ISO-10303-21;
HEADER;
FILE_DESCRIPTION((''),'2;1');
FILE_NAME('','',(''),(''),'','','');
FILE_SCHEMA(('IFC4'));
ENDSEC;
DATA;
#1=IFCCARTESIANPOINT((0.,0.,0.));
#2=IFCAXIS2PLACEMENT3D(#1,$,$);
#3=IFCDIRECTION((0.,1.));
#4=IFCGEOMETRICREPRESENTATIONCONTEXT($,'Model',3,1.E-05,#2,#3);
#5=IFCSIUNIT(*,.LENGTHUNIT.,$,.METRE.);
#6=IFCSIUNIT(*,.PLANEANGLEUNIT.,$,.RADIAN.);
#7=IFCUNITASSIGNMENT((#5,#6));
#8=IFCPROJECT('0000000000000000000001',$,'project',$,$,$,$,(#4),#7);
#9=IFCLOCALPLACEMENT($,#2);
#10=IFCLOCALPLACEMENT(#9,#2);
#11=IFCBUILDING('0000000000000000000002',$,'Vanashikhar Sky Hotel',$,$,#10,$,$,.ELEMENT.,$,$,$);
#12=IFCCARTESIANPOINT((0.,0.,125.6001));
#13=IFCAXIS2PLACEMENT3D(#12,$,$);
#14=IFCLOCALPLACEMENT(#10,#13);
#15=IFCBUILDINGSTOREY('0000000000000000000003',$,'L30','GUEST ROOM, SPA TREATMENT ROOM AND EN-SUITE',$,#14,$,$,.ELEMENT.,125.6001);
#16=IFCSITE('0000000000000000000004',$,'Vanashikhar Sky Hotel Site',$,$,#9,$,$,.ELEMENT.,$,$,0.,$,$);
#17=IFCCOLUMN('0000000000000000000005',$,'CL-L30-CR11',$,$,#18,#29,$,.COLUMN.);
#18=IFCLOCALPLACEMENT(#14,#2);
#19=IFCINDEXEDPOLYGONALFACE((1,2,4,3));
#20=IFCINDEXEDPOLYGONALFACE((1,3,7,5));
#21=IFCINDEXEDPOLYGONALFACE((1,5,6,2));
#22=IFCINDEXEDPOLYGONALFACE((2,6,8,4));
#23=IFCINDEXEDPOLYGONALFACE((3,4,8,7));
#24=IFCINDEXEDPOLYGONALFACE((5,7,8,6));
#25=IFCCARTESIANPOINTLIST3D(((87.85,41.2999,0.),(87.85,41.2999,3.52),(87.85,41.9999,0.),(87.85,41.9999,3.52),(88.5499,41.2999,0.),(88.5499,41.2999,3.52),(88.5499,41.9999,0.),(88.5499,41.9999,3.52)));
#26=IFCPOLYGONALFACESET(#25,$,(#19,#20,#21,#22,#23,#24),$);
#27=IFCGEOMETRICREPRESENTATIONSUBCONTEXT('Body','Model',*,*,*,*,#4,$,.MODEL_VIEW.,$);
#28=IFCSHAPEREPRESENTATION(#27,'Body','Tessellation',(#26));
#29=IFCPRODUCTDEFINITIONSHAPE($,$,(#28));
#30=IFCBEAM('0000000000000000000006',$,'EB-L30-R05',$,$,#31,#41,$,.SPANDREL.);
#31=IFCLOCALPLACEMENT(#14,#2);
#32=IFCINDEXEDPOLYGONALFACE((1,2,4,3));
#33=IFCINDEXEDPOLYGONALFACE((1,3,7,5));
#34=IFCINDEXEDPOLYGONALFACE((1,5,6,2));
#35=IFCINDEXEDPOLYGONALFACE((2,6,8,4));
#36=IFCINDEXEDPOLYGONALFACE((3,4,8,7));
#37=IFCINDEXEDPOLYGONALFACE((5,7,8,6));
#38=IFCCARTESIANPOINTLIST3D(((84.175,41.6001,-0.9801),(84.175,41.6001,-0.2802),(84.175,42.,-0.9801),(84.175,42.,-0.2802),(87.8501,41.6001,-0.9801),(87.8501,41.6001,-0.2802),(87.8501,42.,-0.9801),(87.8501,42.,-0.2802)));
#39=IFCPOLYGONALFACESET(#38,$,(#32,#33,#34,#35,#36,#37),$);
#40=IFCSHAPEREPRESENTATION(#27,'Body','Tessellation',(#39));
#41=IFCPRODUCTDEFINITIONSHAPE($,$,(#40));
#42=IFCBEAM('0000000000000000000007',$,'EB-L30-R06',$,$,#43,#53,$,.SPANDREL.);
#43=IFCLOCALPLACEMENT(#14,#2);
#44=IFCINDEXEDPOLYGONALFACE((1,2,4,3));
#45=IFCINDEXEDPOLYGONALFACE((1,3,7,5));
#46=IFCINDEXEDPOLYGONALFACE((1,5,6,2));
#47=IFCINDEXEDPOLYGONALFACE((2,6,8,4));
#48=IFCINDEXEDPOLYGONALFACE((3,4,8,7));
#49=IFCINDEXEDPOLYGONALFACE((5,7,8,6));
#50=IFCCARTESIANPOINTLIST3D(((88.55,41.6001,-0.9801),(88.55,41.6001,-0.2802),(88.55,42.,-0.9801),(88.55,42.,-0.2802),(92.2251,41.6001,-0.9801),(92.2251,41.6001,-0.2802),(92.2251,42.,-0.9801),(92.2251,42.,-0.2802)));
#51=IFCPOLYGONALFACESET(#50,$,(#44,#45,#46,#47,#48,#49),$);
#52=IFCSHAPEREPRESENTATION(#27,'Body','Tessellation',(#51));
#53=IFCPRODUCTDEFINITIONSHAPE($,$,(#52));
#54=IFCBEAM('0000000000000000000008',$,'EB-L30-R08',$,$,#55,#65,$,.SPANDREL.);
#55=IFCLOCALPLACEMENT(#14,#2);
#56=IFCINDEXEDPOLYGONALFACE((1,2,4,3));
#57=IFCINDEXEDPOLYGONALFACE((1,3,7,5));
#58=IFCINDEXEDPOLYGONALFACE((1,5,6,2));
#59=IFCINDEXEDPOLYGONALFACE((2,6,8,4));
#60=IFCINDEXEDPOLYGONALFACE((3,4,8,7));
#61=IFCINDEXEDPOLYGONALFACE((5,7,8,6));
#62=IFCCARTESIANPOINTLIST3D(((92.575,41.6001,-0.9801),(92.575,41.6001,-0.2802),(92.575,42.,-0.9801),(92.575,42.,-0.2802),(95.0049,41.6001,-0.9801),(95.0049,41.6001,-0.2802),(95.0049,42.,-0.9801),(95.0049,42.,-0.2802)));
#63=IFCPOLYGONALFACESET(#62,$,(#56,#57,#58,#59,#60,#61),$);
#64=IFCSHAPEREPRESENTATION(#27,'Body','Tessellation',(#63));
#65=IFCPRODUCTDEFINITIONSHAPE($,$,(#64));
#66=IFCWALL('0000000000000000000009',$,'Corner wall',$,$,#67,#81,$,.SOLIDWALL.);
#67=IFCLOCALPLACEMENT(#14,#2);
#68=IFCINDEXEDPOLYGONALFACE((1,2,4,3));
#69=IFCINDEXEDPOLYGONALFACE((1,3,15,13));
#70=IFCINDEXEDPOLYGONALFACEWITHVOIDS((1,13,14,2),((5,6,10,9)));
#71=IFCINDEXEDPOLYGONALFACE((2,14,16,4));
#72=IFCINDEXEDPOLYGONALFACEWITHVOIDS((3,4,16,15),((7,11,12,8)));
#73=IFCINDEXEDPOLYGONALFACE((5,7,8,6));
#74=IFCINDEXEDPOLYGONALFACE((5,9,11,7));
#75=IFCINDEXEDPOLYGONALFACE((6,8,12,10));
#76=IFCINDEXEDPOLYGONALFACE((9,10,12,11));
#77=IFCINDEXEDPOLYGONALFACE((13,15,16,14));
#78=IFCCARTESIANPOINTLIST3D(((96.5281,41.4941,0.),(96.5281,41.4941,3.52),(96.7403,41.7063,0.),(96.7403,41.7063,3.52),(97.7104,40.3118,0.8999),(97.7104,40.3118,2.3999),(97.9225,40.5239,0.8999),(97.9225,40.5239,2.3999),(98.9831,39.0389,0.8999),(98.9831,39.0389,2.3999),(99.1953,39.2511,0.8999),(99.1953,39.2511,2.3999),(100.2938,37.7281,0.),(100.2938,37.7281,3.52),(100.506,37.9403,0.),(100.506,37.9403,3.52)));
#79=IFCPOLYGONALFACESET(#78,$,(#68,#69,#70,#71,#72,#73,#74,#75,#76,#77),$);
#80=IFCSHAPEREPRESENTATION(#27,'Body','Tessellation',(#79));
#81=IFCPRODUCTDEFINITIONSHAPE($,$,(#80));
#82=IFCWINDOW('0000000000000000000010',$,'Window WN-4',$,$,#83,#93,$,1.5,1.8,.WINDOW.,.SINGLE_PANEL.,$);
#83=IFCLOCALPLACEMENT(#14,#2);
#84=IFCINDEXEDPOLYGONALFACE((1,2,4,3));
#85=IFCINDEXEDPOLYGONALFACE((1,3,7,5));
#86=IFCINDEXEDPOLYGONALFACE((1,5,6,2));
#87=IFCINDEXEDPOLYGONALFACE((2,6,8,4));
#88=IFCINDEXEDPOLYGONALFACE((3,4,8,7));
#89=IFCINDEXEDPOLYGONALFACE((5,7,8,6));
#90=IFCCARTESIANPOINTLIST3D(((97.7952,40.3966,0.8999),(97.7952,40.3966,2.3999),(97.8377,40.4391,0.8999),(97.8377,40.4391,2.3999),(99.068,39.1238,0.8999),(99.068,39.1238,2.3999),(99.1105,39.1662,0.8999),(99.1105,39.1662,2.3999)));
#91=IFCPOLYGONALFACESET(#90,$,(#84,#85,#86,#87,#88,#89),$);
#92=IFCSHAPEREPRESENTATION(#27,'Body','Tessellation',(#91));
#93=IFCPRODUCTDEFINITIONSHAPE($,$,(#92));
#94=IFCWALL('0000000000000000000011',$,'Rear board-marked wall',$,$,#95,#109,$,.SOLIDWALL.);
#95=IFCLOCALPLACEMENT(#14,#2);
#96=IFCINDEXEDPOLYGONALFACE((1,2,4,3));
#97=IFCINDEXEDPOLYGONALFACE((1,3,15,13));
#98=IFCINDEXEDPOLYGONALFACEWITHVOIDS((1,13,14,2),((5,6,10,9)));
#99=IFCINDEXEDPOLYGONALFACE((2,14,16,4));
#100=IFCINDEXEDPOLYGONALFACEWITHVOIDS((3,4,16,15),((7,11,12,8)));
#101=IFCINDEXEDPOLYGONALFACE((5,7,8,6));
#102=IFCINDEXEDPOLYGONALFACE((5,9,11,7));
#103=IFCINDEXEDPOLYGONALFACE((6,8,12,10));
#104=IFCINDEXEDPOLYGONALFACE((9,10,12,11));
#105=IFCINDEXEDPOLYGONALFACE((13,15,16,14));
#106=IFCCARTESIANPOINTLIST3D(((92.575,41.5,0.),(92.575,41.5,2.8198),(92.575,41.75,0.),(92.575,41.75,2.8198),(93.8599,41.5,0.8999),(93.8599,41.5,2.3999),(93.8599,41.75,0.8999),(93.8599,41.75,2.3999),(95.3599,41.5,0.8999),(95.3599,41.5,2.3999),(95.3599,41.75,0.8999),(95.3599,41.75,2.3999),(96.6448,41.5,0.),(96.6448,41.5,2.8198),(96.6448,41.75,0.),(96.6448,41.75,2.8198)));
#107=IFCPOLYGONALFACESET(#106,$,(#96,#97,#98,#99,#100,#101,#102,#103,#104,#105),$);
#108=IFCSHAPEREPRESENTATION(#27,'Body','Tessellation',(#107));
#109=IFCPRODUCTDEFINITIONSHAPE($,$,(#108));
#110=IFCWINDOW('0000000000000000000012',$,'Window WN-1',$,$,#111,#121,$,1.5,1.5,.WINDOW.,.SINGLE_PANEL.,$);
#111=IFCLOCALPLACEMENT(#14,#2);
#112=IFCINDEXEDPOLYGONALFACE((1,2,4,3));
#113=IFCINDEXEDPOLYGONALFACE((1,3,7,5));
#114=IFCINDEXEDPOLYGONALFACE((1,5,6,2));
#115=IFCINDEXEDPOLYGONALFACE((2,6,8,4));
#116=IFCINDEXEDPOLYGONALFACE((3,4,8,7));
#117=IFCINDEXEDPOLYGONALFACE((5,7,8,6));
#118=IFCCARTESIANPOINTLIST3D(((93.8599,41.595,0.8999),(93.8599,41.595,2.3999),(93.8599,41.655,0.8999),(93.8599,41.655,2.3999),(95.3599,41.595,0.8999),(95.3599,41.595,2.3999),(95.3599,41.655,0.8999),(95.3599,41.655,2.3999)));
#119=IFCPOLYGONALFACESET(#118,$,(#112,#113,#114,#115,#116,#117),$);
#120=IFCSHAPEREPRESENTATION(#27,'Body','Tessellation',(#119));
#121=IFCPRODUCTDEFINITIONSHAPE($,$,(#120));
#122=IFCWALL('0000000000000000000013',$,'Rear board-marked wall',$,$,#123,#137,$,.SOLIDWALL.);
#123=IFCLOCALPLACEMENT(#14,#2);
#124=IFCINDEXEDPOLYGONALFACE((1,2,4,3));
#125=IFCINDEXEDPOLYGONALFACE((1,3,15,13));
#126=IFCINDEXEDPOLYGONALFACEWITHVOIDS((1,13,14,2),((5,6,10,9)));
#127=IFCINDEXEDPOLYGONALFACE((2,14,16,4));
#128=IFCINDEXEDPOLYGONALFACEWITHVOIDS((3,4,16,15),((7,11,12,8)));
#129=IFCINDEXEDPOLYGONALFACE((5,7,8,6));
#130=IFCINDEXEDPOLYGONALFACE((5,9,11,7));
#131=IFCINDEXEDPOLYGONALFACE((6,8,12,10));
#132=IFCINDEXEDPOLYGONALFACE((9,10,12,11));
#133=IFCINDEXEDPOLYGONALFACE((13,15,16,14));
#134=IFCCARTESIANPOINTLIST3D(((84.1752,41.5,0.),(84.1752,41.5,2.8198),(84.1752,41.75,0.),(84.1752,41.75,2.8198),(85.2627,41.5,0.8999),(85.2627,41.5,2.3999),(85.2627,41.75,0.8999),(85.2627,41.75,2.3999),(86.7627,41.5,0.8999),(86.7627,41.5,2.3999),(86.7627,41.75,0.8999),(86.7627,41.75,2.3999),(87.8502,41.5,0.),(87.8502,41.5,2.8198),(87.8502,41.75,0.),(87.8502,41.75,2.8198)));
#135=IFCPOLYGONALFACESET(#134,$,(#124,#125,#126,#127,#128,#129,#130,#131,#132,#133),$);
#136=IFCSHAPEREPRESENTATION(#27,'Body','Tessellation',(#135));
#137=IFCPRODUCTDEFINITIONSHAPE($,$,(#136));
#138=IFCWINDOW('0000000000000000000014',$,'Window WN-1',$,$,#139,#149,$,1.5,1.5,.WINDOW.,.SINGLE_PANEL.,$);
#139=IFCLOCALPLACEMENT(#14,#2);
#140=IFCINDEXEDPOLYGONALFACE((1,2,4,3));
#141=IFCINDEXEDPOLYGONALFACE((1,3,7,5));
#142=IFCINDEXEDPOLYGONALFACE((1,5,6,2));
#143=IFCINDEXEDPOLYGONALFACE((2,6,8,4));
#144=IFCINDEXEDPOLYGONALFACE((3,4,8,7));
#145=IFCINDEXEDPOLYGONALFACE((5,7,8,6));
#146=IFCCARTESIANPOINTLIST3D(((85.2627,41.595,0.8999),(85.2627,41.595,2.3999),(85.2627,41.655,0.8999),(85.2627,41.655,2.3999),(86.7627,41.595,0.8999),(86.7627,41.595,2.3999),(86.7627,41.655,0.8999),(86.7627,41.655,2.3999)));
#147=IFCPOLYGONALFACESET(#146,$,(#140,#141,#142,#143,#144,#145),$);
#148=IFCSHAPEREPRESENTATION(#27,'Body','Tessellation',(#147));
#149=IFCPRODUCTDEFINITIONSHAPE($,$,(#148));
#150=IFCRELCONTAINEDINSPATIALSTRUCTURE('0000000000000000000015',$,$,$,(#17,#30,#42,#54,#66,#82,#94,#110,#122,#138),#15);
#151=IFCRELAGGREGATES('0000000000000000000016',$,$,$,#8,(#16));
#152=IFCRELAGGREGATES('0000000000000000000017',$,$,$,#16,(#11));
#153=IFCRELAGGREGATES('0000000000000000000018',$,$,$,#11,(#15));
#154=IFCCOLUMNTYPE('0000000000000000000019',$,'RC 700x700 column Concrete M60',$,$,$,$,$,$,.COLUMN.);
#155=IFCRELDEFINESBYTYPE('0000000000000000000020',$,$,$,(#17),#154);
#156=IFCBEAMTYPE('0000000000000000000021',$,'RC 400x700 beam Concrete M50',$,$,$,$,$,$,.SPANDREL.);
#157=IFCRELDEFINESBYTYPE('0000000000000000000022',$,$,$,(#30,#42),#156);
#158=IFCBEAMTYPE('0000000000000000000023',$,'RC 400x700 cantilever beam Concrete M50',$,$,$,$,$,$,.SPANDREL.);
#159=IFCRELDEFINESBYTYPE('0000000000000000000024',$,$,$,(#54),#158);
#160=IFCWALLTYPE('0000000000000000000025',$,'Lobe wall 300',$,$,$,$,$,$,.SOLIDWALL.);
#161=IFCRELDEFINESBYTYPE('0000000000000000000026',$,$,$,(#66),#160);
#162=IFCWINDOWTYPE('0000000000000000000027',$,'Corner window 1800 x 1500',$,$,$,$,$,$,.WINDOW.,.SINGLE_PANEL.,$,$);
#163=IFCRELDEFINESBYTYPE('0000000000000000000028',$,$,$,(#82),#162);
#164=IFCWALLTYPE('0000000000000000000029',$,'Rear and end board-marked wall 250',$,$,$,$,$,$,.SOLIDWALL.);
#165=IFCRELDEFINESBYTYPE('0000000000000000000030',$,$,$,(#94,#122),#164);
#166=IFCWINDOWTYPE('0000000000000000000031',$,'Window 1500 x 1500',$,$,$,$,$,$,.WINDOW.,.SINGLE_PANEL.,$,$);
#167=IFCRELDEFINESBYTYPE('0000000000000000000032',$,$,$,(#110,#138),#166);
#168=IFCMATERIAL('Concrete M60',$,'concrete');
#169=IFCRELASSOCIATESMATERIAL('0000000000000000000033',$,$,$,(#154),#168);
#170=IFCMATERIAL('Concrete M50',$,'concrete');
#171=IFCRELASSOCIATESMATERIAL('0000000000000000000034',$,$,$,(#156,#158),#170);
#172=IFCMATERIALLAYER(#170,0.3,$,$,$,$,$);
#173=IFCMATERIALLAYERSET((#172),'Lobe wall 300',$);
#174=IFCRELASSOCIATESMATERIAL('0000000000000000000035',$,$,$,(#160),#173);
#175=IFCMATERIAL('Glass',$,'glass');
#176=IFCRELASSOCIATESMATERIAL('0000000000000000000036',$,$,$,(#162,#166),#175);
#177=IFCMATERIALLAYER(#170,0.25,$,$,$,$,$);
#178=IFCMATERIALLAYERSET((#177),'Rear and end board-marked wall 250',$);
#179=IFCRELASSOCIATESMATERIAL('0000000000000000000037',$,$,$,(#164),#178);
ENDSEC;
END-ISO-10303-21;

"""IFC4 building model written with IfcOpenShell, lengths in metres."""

from ifc_helpers import new_model, si_unit, direction, frame, frame_2d, origin, origin_2d, place, context, subcontext, project, spatial, rectangle, extrude, source, transform, mapped, material, layer, layer_set, material_profile, profile_set, type_object, element, fill, save


model = new_model("IFC4")

# Units and contexts
model_context = context("Model", 3, precision=1e-05, world=origin(), true_north=direction((0.0, 1.0)))
body_context = subcontext(model_context, "Body", "Model", "MODEL_VIEW")
ifc_project = project(units=[si_unit("LENGTHUNIT", "METRE"), si_unit("PLANEANGLEUNIT", "RADIAN")], contexts=[model_context])

# Site, building, storey
site_placement = place(None, origin())
site = spatial("IfcSite", under=ifc_project, at=site_placement, Name="Vanashikhar Sky Hotel Site", CompositionType="ELEMENT", RefElevation=0.0)
building_placement = place(site_placement, origin())
building = spatial("IfcBuilding", under=site, at=building_placement, Name="Vanashikhar Sky Hotel", CompositionType="ELEMENT")
storey_placement = place(building_placement, frame((0.0, 0.0, 125.6001)))
storey = spatial("IfcBuildingStorey", under=building, at=storey_placement, Name="L30", Description="GUEST ROOM, SPA TREATMENT ROOM AND EN-SUITE", CompositionType="ELEMENT", Elevation=125.6001)

# Column
ifc_material_1 = material(Name="Concrete M60", Category="concrete")
ifc_material_profile_1 = material_profile(ifc_material_1, rectangle(XDim=0.7, YDim=0.7, at=origin_2d()))
ifc_profile_set_1 = profile_set([ifc_material_profile_1], Name="RC 700x700 column Concrete M60")
column_type = type_object("IfcColumnType", Name="RC 700x700 column Concrete M60", PredefinedType="COLUMN", material=ifc_profile_set_1)
shared_shape_1 = source(origin(), body_context, "Body", "SweptSolid", [
    extrude(rectangle(XDim=0.7, YDim=0.7, at=origin_2d()), origin(), (0.0, 0.0, 1.0), 3.52),
])
column_placement = place(storey_placement, frame((88.2, 41.6499, 0.0), z_axis=(0.0, 0.0, 1.0), x_axis=(1.0, 0.0, 0.0)))
element("IfcColumn", 1, at=column_placement, inside=storey, type_object=column_type, Name="CL-L30-CR11", PredefinedType="COLUMN", context=body_context, shape_type="MappedRepresentation", body=[
    mapped(shared_shape_1, transform((0.0, 0.0, 0.0), scale=1.0)),
])

# Beams
ifc_material_2 = material(Name="Concrete M50", Category="concrete")
ifc_material_profile_2 = material_profile(ifc_material_2, rectangle(XDim=0.3999, YDim=0.7, at=origin_2d()))
ifc_profile_set_2 = profile_set([ifc_material_profile_2], Name="RC 400x700 beam Concrete M50")
beam_type_1 = type_object("IfcBeamType", Name="RC 400x700 beam Concrete M50", PredefinedType="SPANDREL", material=ifc_profile_set_2)
shared_shape_2 = source(origin(), body_context, "Body", "SweptSolid", [
    extrude(rectangle(XDim=0.3999, YDim=0.7, at=origin_2d()), origin(), (0.0, 0.0, 1.0), 3.675),
])
for number, where, z_axis, x_axis, name in (
    (2, (84.175, 41.8, -0.6301), (1.0, 0.0, 0.0), (0.0, 1.0, 0.0), "EB-L30-R05"),
    (3, (88.55, 41.8, -0.6301), (1.0, 0.0, 0.0), (0.0, 1.0, 0.0), "EB-L30-R06"),
):
    element("IfcBeam", number, at=place(storey_placement, frame(where, z_axis=z_axis, x_axis=x_axis)), inside=storey, type_object=beam_type_1, Name=name, PredefinedType="SPANDREL", context=body_context, shape_type="MappedRepresentation", body=[
        mapped(shared_shape_2, transform((0.0, 0.0, 0.0), scale=1.0)),
    ])
ifc_material_profile_3 = material_profile(ifc_material_2, rectangle(XDim=0.3999, YDim=0.7, at=origin_2d()))
ifc_profile_set_3 = profile_set([ifc_material_profile_3], Name="RC 400x700 cantilever beam Concrete M50")
beam_type_2 = type_object("IfcBeamType", Name="RC 400x700 cantilever beam Concrete M50", PredefinedType="SPANDREL", material=ifc_profile_set_3)
shared_shape_3 = source(origin(), body_context, "Body", "SweptSolid", [
    extrude(rectangle(XDim=0.3999, YDim=0.7, at=origin_2d()), origin(), (0.0, 0.0, 1.0), 2.4299),
])
beam_placement = place(storey_placement, frame((92.575, 41.8, -0.6301), z_axis=(1.0, 0.0, 0.0), x_axis=(0.0, 1.0, 0.0)))
element("IfcBeam", 4, at=beam_placement, inside=storey, type_object=beam_type_2, Name="EB-L30-R08", PredefinedType="SPANDREL", context=body_context, shape_type="MappedRepresentation", body=[
    mapped(shared_shape_3, transform((0.0, 0.0, 0.0), scale=1.0)),
])

# Walls, openings, windows
ifc_layer_1 = layer(ifc_material_2, 0.3)
ifc_layer_set_1 = layer_set([ifc_layer_1], Name="Lobe wall 300")
wall_type_1 = type_object("IfcWallType", Name="Lobe wall 300", PredefinedType="SOLIDWALL", material=ifc_layer_set_1)
shared_shape_4 = source(origin(), body_context, "Body", "SweptSolid", [
    extrude(rectangle(XDim=5.3257, YDim=0.3, at=frame_2d((2.6628, 0.0))), origin(), (0.0, 0.0, 1.0), 3.52),
])
wall_1_placement = place(storey_placement, frame((100.3999, 37.8342, 0.0), z_axis=(0.0, 0.0, 1.0), x_axis=(-0.707084, 0.70713, 0.0)))
wall_1 = element("IfcWall", 5, at=wall_1_placement, inside=storey, type_object=wall_type_1, Name="Corner wall", PredefinedType="SOLIDWALL", context=body_context, shape_type="MappedRepresentation", body=[
    mapped(shared_shape_4, transform((0.0, 0.0, 0.0), scale=1.0)),
])
shared_shape_5 = source(origin(), body_context, "Body", "SweptSolid", [
    extrude(rectangle(XDim=1.8, YDim=1.5, at=frame_2d((0.8999, 0.75))), frame((0.0, 0.1602, 0.0), z_axis=(0.0, -1.0, 0.0), x_axis=(1.0, 0.0, 0.0)), (0.0, 0.0, 1.0), 0.3201),
])
opening_1_placement = place(wall_1_placement, frame((1.8538, 0.0, 0.8999)))
opening_1 = element("IfcOpeningElement", 6, at=opening_1_placement, cuts=wall_1, PredefinedType="OPENING", context=body_context, shape_type="MappedRepresentation", body=[
    mapped(shared_shape_5, transform((0.0, 0.0, 0.0), scale=1.0)),
])
ifc_material_3 = material(Name="Glass", Category="glass")
window_type_1 = type_object("IfcWindowType", Name="Corner window 1800 x 1500", PartitioningType="SINGLE_PANEL", PredefinedType="WINDOW", material=ifc_material_3)
shared_shape_6 = source(origin(), body_context, "Body", "SweptSolid", [
    extrude(rectangle(XDim=1.8, YDim=1.5, at=frame_2d((0.8999, 0.75))), frame((0.0, 0.03, 0.0), z_axis=(0.0, -1.0, 0.0), x_axis=(1.0, 0.0, 0.0)), (0.0, 0.0, 1.0), 0.0601),
])
window_1_placement = place(opening_1_placement, origin())
window_1 = element("IfcWindow", 7, at=window_1_placement, inside=storey, type_object=window_type_1, Name="Window WN-4", OverallHeight=1.5, OverallWidth=1.8, PartitioningType="SINGLE_PANEL", PredefinedType="WINDOW", context=body_context, shape_type="MappedRepresentation", body=[
    mapped(shared_shape_6, transform((0.0, 0.0, 0.0), scale=1.0)),
])
fill(opening_1, window_1)
ifc_layer_2 = layer(ifc_material_2, 0.25)
ifc_layer_set_2 = layer_set([ifc_layer_2], Name="Rear and end board-marked wall 250")
wall_type_2 = type_object("IfcWallType", Name="Rear and end board-marked wall 250", PredefinedType="SOLIDWALL", material=ifc_layer_set_2)
shared_shape_7 = source(origin(), body_context, "Body", "SweptSolid", [
    extrude(rectangle(XDim=4.0698, YDim=0.25, at=frame_2d((2.0349, 0.0))), origin(), (0.0, 0.0, 1.0), 2.8198),
])
wall_2_placement = place(storey_placement, frame((96.6448, 41.625, 0.0), z_axis=(0.0, 0.0, 1.0), x_axis=(-1.0, 0.0, 0.0)))
wall_2 = element("IfcWall", 8, at=wall_2_placement, inside=storey, type_object=wall_type_2, Name="Rear board-marked wall", PredefinedType="SOLIDWALL", context=body_context, shape_type="MappedRepresentation", body=[
    mapped(shared_shape_7, transform((0.0, 0.0, 0.0), scale=1.0)),
])
shared_shape_8 = source(origin(), body_context, "Body", "SweptSolid", [
    extrude(rectangle(XDim=1.5, YDim=1.5, at=frame_2d((0.75, 0.75))), frame((0.0, 0.135, 0.0), z_axis=(0.0, -1.0, 0.0), x_axis=(1.0, 0.0, 0.0)), (0.0, 0.0, 1.0), 0.27),
])
opening_2_placement = place(wall_2_placement, frame((1.2849, 0.0, 0.8999)))
opening_2 = element("IfcOpeningElement", 9, at=opening_2_placement, cuts=wall_2, PredefinedType="OPENING", context=body_context, shape_type="MappedRepresentation", body=[
    mapped(shared_shape_8, transform((0.0, 0.0, 0.0), scale=1.0)),
])
window_type_2 = type_object("IfcWindowType", Name="Window 1500 x 1500", PartitioningType="SINGLE_PANEL", PredefinedType="WINDOW", material=ifc_material_3)
shared_shape_9 = source(origin(), body_context, "Body", "SweptSolid", [
    extrude(rectangle(XDim=1.5, YDim=1.5, at=frame_2d((0.75, 0.75))), frame((0.0, 0.03, 0.0), z_axis=(0.0, -1.0, 0.0), x_axis=(1.0, 0.0, 0.0)), (0.0, 0.0, 1.0), 0.0601),
])
window_2_placement = place(opening_2_placement, origin())
window_2 = element("IfcWindow", 10, at=window_2_placement, inside=storey, type_object=window_type_2, Name="Window WN-1", OverallHeight=1.5, OverallWidth=1.5, PartitioningType="SINGLE_PANEL", PredefinedType="WINDOW", context=body_context, shape_type="MappedRepresentation", body=[
    mapped(shared_shape_9, transform((0.0, 0.0, 0.0), scale=1.0)),
])
fill(opening_2, window_2)
shared_shape_10 = source(origin(), body_context, "Body", "SweptSolid", [
    extrude(rectangle(XDim=3.675, YDim=0.25, at=frame_2d((1.8374, 0.0))), origin(), (0.0, 0.0, 1.0), 2.8198),
])
wall_3_placement = place(storey_placement, frame((87.8501, 41.625, 0.0), z_axis=(0.0, 0.0, 1.0), x_axis=(-1.0, 0.0, 0.0)))
wall_3 = element("IfcWall", 11, at=wall_3_placement, inside=storey, type_object=wall_type_2, Name="Rear board-marked wall", PredefinedType="SOLIDWALL", context=body_context, shape_type="MappedRepresentation", body=[
    mapped(shared_shape_10, transform((0.0, 0.0, 0.0), scale=1.0)),
])
opening_3_placement = place(wall_3_placement, frame((1.0874, 0.0, 0.8999)))
opening_3 = element("IfcOpeningElement", 12, at=opening_3_placement, cuts=wall_3, PredefinedType="OPENING", context=body_context, shape_type="MappedRepresentation", body=[
    mapped(shared_shape_8, transform((0.0, 0.0, 0.0), scale=1.0)),
])
window_3_placement = place(opening_3_placement, origin())
window_3 = element("IfcWindow", 13, at=window_3_placement, inside=storey, type_object=window_type_2, Name="Window WN-1", OverallHeight=1.5, OverallWidth=1.5, PartitioningType="SINGLE_PANEL", PredefinedType="WINDOW", context=body_context, shape_type="MappedRepresentation", body=[
    mapped(shared_shape_9, transform((0.0, 0.0, 0.0), scale=1.0)),
])
fill(opening_3, window_3)

save(model, "model.ifc")
